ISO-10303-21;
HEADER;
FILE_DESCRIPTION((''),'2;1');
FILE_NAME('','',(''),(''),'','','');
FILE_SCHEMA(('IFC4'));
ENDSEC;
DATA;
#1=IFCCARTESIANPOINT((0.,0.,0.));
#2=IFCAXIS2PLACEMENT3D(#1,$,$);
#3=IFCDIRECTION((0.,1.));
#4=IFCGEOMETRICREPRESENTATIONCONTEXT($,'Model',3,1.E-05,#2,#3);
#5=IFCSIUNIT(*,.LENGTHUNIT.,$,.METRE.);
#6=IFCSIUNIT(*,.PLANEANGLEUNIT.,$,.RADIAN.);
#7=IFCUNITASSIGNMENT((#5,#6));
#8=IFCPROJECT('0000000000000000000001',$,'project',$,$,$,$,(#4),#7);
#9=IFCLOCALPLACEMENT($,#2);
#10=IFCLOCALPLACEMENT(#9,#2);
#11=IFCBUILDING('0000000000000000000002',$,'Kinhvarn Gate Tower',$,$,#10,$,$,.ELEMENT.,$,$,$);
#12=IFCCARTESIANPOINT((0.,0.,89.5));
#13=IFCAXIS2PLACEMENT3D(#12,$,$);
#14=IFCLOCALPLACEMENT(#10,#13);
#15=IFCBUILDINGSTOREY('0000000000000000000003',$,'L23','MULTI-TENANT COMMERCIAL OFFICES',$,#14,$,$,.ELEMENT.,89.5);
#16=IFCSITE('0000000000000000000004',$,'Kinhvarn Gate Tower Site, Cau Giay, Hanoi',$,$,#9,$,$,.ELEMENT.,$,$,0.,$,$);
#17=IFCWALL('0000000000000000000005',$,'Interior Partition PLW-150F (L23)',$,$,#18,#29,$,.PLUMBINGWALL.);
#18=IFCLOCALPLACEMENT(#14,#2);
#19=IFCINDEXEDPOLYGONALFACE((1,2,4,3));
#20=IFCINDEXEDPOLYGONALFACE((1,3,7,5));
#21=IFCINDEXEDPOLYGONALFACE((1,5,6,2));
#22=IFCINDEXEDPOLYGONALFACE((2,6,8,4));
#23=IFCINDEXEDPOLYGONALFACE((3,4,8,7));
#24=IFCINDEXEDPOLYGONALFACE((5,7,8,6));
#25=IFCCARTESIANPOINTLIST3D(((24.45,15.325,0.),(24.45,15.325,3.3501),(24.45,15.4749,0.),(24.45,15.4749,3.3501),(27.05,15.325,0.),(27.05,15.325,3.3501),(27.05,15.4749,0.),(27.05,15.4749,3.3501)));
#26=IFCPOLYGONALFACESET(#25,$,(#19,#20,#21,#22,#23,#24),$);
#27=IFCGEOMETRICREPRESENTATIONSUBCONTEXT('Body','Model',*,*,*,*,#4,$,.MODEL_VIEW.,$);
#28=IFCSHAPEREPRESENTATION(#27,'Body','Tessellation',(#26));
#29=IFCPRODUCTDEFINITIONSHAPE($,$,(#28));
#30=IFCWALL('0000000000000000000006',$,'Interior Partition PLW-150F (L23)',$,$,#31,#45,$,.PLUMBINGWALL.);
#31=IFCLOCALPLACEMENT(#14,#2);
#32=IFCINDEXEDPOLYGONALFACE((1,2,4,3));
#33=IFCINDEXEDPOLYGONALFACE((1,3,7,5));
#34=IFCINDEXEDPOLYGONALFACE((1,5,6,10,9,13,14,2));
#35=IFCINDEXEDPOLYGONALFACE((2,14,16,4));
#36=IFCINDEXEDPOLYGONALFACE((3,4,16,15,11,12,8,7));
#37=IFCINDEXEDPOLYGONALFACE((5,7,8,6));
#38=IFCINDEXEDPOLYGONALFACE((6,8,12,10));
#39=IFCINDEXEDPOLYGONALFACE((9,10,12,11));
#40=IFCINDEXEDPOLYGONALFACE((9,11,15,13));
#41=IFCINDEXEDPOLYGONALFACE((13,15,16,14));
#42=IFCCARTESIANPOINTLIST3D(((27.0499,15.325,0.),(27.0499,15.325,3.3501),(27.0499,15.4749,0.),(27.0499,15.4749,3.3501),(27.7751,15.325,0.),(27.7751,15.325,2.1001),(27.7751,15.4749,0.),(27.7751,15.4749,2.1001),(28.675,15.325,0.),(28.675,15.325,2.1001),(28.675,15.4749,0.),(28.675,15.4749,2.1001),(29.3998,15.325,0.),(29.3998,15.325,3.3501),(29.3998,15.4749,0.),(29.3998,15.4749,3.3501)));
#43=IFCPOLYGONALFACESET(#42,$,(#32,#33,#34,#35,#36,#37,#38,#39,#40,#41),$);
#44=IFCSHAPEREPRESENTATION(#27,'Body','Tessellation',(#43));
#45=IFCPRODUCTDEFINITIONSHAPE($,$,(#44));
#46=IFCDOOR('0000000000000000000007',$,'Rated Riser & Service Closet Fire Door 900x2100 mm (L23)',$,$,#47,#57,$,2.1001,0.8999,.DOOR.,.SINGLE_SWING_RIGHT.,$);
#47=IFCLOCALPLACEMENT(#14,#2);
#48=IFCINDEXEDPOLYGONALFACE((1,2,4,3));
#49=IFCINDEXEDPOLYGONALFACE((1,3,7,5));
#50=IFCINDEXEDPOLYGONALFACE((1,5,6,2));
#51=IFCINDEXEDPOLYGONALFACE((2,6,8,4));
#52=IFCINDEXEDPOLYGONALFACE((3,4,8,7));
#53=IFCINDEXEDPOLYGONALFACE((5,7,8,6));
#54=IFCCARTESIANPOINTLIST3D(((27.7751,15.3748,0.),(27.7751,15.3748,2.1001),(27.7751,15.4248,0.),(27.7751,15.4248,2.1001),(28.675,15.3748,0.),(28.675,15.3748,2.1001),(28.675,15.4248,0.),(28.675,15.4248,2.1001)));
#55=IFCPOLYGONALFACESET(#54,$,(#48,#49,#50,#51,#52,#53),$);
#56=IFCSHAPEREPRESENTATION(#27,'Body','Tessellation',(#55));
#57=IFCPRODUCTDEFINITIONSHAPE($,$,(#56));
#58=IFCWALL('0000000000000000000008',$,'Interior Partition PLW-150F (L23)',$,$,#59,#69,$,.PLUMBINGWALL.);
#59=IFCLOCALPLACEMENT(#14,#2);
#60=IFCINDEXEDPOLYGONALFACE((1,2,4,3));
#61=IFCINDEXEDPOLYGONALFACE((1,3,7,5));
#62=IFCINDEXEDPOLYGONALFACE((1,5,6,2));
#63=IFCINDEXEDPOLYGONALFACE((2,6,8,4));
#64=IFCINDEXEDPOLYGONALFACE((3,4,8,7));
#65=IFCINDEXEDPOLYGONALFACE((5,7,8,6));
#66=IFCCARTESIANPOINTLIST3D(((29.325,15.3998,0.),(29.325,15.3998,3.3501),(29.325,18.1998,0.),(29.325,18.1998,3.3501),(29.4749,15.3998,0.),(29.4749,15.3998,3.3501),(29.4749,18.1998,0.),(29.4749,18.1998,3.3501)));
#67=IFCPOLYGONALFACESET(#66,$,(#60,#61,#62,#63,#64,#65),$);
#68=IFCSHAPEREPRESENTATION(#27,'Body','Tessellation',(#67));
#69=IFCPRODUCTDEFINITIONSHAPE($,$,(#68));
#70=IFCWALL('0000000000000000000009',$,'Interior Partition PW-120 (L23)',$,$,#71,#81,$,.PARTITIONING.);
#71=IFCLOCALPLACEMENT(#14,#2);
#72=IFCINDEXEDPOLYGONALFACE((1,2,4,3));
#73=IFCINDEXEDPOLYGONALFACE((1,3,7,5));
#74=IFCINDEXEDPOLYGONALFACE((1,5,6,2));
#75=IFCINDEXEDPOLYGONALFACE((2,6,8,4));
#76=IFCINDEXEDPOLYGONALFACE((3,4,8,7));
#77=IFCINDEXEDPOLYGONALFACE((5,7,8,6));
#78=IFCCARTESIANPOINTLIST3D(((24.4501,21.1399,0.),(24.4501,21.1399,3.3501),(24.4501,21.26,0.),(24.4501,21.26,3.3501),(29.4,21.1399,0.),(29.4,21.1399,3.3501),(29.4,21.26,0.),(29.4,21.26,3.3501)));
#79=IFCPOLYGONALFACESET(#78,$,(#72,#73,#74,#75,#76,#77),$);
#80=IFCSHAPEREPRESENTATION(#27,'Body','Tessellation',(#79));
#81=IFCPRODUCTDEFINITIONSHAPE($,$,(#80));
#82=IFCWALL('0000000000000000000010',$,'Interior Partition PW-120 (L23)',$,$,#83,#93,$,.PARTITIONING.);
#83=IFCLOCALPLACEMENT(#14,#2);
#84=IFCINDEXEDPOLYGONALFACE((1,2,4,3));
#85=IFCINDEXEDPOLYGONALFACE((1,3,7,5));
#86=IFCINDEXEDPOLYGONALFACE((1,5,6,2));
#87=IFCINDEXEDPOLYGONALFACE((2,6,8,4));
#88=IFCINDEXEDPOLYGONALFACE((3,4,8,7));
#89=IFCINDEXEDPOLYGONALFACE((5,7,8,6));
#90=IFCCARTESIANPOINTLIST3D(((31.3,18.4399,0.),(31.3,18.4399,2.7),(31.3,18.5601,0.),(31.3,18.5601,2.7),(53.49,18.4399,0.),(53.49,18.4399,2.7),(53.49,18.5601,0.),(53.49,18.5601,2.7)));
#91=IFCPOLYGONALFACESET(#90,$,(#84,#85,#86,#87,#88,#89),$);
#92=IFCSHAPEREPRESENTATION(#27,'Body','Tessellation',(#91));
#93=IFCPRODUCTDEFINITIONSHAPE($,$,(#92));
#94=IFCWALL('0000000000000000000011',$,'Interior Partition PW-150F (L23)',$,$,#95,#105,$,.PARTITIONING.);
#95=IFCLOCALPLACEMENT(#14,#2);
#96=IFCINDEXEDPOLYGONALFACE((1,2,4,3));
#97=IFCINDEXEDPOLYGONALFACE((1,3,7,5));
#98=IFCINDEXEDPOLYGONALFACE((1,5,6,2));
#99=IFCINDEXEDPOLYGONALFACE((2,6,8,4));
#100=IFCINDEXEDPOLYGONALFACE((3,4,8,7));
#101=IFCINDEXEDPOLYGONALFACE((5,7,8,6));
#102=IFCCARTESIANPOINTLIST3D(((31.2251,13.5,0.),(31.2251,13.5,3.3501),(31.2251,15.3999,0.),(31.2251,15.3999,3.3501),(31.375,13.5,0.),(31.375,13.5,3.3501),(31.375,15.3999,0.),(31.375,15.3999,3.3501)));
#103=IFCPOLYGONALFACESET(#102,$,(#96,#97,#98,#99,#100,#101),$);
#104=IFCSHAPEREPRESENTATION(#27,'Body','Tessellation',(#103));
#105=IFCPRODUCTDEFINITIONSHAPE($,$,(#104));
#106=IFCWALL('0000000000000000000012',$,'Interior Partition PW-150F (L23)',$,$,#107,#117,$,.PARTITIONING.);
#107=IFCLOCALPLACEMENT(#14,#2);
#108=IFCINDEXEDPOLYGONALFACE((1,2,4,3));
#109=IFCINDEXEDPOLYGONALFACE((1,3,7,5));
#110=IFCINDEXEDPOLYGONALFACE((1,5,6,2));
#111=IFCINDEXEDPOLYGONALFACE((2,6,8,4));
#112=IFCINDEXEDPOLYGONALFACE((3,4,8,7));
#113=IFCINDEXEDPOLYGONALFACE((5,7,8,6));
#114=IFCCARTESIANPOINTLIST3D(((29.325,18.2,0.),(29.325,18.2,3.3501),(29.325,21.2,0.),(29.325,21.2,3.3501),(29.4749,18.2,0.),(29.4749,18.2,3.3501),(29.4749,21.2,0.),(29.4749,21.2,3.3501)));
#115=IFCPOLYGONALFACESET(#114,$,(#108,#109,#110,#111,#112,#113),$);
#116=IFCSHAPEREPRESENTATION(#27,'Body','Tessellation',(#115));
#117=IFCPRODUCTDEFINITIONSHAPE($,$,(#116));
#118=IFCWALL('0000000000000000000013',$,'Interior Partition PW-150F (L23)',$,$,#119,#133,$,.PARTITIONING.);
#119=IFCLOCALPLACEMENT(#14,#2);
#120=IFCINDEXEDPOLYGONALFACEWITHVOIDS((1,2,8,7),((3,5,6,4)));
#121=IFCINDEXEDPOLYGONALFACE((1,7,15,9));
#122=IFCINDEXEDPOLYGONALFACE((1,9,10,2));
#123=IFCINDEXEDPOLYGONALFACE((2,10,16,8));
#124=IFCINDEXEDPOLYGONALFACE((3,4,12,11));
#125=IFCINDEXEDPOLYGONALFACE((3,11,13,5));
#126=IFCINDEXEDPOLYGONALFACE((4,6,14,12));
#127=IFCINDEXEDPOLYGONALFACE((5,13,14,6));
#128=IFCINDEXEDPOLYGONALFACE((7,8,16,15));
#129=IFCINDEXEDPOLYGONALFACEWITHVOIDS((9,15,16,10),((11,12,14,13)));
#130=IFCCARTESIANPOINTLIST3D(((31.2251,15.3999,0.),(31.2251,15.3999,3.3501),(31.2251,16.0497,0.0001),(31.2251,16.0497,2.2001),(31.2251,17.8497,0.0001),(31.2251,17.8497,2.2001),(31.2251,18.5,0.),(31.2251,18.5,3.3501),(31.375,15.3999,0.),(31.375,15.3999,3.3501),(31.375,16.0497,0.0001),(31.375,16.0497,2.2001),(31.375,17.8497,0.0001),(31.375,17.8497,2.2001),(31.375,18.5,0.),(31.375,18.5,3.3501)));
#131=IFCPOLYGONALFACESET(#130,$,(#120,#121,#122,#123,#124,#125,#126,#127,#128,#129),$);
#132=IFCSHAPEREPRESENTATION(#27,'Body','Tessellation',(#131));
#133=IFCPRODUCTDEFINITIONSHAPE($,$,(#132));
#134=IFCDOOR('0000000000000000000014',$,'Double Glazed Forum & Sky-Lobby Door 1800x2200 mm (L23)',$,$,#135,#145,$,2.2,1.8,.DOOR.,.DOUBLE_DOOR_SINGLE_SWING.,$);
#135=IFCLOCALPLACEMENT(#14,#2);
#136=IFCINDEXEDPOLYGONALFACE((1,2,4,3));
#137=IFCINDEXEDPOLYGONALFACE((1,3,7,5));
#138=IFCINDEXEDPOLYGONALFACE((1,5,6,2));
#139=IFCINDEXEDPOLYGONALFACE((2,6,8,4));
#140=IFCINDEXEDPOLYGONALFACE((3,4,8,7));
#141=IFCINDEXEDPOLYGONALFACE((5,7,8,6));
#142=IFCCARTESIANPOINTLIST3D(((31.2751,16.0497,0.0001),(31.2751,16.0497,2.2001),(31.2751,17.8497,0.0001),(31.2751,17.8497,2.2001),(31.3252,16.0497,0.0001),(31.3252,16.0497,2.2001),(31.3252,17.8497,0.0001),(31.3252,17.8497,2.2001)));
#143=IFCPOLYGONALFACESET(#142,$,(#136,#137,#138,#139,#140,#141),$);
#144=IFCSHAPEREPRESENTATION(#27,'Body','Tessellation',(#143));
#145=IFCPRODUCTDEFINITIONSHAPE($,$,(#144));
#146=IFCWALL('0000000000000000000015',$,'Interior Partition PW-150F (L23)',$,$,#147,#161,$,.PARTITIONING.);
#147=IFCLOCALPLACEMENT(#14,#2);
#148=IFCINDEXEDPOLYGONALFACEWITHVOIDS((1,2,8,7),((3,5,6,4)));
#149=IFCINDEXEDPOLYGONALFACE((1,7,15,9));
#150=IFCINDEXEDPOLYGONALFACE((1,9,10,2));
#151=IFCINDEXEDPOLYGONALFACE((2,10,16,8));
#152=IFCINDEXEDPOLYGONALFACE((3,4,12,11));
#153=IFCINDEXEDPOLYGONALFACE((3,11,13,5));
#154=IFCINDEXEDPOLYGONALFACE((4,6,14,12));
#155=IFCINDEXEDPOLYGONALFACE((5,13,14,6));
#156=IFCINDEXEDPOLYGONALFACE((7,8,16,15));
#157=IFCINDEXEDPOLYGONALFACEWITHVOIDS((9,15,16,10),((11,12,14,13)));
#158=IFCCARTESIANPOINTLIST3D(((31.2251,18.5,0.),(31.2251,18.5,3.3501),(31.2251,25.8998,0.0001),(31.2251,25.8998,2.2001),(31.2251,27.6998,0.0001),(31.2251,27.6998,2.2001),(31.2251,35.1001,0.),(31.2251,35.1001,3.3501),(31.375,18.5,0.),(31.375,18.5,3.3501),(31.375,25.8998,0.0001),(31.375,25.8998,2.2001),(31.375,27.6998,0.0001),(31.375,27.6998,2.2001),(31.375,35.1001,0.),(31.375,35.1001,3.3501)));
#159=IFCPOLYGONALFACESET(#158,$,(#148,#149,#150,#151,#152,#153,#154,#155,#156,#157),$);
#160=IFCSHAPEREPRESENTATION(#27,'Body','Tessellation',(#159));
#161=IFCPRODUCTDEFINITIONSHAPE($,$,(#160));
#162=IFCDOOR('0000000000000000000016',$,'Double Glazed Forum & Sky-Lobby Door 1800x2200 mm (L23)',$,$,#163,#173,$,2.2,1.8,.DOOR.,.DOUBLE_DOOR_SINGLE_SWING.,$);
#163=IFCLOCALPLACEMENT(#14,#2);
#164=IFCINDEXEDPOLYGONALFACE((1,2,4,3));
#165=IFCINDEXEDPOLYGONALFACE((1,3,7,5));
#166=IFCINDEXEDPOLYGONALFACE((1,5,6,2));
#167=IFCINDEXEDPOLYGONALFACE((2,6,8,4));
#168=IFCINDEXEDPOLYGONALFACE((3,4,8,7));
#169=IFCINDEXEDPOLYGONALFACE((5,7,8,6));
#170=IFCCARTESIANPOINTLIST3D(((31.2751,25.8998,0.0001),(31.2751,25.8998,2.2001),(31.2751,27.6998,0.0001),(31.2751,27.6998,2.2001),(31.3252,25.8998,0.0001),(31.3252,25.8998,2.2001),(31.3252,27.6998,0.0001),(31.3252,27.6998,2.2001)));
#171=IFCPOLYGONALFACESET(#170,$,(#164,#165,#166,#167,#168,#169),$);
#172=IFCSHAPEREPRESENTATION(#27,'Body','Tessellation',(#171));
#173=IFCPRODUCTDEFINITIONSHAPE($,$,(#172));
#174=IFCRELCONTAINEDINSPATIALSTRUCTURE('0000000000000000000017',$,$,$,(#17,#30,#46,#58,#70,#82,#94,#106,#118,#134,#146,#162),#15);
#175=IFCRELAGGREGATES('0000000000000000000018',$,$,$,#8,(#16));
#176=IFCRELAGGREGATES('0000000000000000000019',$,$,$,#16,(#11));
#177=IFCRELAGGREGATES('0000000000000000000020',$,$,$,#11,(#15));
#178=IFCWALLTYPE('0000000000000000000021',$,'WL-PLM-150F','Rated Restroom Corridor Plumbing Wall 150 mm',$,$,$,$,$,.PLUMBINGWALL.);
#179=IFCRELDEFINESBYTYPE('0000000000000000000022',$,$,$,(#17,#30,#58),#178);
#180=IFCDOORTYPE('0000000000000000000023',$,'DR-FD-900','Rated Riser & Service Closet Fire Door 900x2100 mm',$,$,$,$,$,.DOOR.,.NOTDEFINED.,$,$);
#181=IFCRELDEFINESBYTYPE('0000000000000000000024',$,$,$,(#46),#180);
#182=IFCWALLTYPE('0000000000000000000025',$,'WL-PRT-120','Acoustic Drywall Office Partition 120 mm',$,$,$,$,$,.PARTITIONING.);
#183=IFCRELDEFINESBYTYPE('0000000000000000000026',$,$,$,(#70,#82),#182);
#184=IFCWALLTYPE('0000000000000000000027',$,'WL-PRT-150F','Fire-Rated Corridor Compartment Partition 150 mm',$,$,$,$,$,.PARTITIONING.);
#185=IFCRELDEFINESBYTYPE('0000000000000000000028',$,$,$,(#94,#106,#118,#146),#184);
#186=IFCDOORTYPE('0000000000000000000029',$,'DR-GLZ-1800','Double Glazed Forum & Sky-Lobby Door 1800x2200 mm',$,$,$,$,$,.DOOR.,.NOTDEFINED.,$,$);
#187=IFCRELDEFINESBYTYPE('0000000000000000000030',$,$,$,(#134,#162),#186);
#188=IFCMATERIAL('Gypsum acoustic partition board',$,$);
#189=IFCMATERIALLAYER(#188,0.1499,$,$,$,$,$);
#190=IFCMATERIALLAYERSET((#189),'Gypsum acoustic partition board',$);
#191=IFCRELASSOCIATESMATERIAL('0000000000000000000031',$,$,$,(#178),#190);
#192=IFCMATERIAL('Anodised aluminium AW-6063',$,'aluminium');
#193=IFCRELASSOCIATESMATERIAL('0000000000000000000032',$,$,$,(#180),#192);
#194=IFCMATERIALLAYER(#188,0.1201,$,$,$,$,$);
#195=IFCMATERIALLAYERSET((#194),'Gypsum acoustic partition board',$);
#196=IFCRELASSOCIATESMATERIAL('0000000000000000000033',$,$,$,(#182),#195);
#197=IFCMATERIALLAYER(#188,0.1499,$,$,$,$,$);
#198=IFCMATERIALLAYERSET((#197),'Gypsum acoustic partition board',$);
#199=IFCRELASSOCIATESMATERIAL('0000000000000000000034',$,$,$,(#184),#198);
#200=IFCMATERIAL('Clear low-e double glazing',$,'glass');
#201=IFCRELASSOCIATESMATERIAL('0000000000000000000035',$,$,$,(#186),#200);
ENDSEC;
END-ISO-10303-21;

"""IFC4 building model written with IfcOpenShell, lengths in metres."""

from ifc_helpers import new_model, si_unit, direction, frame, frame_2d, origin, place, context, subcontext, project, spatial, rectangle, extrude, material, layer, layer_set, type_object, element, fill, save


model = new_model("IFC4")

# Units and contexts
model_context = context("Model", 3, precision=1e-05, world=origin(), true_north=direction((0.0, 1.0)))
body_context = subcontext(model_context, "Body", "Model", "MODEL_VIEW")
ifc_project = project(units=[si_unit("LENGTHUNIT", "METRE"), si_unit("PLANEANGLEUNIT", "RADIAN")], contexts=[model_context])

# Site, building, storey
site_placement = place(None, origin())
site = spatial("IfcSite", under=ifc_project, at=site_placement, Name="Kinhvarn Gate Tower Site, Cau Giay, Hanoi", CompositionType="ELEMENT", RefElevation=0.0)
building_placement = place(site_placement, origin())
building = spatial("IfcBuilding", under=site, at=building_placement, Name="Kinhvarn Gate Tower", CompositionType="ELEMENT")
storey_placement = place(building_placement, frame((0.0, 0.0, 89.5)))
storey = spatial("IfcBuildingStorey", under=building, at=storey_placement, Name="L23", Description="MULTI-TENANT COMMERCIAL OFFICES", CompositionType="ELEMENT", Elevation=89.5)

# Wall
ifc_material_1 = material(Name="Gypsum acoustic partition board")
ifc_layer_1 = layer(ifc_material_1, 0.1499)
ifc_layer_set_1 = layer_set([ifc_layer_1], Name="Gypsum acoustic partition board")
wall_type_1 = type_object("IfcWallType", Name="WL-PLM-150F", Description="Rated Restroom Corridor Plumbing Wall 150 mm", PredefinedType="PLUMBINGWALL", material=ifc_layer_set_1)
wall_1_placement = place(storey_placement, frame((24.45, 15.3999, 0.0), z_axis=(0.0, 0.0, 1.0), x_axis=(1.0, 0.0, 0.0)))
element("IfcWall", 1, at=wall_1_placement, inside=storey, type_object=wall_type_1, Name="Interior Partition PLW-150F (L23)", PredefinedType="PLUMBINGWALL", context=body_context, shape_type="SweptSolid", body=[
    extrude(rectangle(XDim=2.6001, YDim=0.1499, at=frame_2d((1.3, 0.0))), origin(), (0.0, 0.0, 1.0), 3.3501),
])

# Wall, opening, door
wall_2_placement = place(storey_placement, frame((27.05, 15.3999, 0.0), z_axis=(0.0, 0.0, 1.0), x_axis=(1.0, 0.0, 0.0)))
wall_2 = element("IfcWall", 2, at=wall_2_placement, inside=storey, type_object=wall_type_1, Name="Interior Partition PLW-150F (L23)", PredefinedType="PLUMBINGWALL", context=body_context, shape_type="SweptSolid", body=[
    extrude(rectangle(XDim=2.3499, YDim=0.1499, at=frame_2d((1.1748, 0.0))), origin(), (0.0, 0.0, 1.0), 3.3501),
])
opening_1_placement = place(wall_2_placement, frame((0.7251, 0.0, 0.0)))
opening_1 = element("IfcOpeningElement", 3, at=opening_1_placement, cuts=wall_2, PredefinedType="OPENING", context=body_context, shape_type="SweptSolid", body=[
    extrude(rectangle(XDim=0.8999, YDim=2.1001, at=frame_2d((0.45, 1.05))), frame((0.0, 0.085, 0.0), z_axis=(0.0, -1.0, 0.0), x_axis=(1.0, 0.0, 0.0)), (0.0, 0.0, 1.0), 0.1699),
])
ifc_material_2 = material(Name="Anodised aluminium AW-6063", Category="aluminium")
door_type_1 = type_object("IfcDoorType", Name="DR-FD-900", Description="Rated Riser & Service Closet Fire Door 900x2100 mm", OperationType="NOTDEFINED", PredefinedType="DOOR", material=ifc_material_2)
door_1_placement = place(opening_1_placement, origin())
door_1 = element("IfcDoor", 4, at=door_1_placement, inside=storey, type_object=door_type_1, Name="Rated Riser & Service Closet Fire Door 900x2100 mm (L23)", OperationType="SINGLE_SWING_RIGHT", OverallHeight=2.1001, OverallWidth=0.8999, PredefinedType="DOOR", context=body_context, shape_type="SweptSolid", body=[
    extrude(rectangle(XDim=0.8999, YDim=2.1001, at=frame_2d((0.45, 1.05))), frame((0.0, 0.0249, 0.0), z_axis=(0.0, -1.0, 0.0), x_axis=(1.0, 0.0, 0.0)), (0.0, 0.0, 1.0), 0.05),
])
fill(opening_1, door_1)

# Walls
wall_3_placement = place(storey_placement, frame((29.3999, 15.3999, 0.0), z_axis=(0.0, 0.0, 1.0), x_axis=(0.0, 1.0, 0.0)))
element("IfcWall", 5, at=wall_3_placement, inside=storey, type_object=wall_type_1, Name="Interior Partition PLW-150F (L23)", PredefinedType="PLUMBINGWALL", context=body_context, shape_type="SweptSolid", body=[
    extrude(rectangle(XDim=2.8, YDim=0.1499, at=frame_2d((1.3999, 0.0))), origin(), (0.0, 0.0, 1.0), 3.3501),
])
ifc_layer_2 = layer(ifc_material_1, 0.1201)
ifc_layer_set_2 = layer_set([ifc_layer_2], Name="Gypsum acoustic partition board")
wall_type_2 = type_object("IfcWallType", Name="WL-PRT-120", Description="Acoustic Drywall Office Partition 120 mm", PredefinedType="PARTITIONING", material=ifc_layer_set_2)
wall_4_placement = place(storey_placement, frame((24.45, 21.2, 0.0), z_axis=(0.0, 0.0, 1.0), x_axis=(1.0, 0.0, 0.0)))
element("IfcWall", 6, at=wall_4_placement, inside=storey, type_object=wall_type_2, Name="Interior Partition PW-120 (L23)", PredefinedType="PARTITIONING", context=body_context, shape_type="SweptSolid", body=[
    extrude(rectangle(XDim=4.95, YDim=0.1201, at=frame_2d((2.4751, 0.0))), origin(), (0.0, 0.0, 1.0), 3.3501),
])
wall_5_placement = place(storey_placement, frame((31.3, 18.5, 0.0), z_axis=(0.0, 0.0, 1.0), x_axis=(1.0, 0.0, 0.0)))
element("IfcWall", 7, at=wall_5_placement, inside=storey, type_object=wall_type_2, Name="Interior Partition PW-120 (L23)", PredefinedType="PARTITIONING", context=body_context, shape_type="SweptSolid", body=[
    extrude(rectangle(XDim=22.1899, YDim=0.1201, at=frame_2d((11.095, 0.0))), origin(), (0.0, 0.0, 1.0), 2.7),
])

# Shared definitions
ifc_layer_3 = layer(ifc_material_1, 0.1499)
ifc_layer_set_3 = layer_set([ifc_layer_3], Name="Gypsum acoustic partition board")
wall_type_3 = type_object("IfcWallType", Name="WL-PRT-150F", Description="Fire-Rated Corridor Compartment Partition 150 mm", PredefinedType="PARTITIONING", material=ifc_layer_set_3)

# Walls
wall_6_placement = place(storey_placement, frame((31.3, 13.5, 0.0), z_axis=(0.0, 0.0, 1.0), x_axis=(0.0, 1.0, 0.0)))
element("IfcWall", 8, at=wall_6_placement, inside=storey, type_object=wall_type_3, Name="Interior Partition PW-150F (L23)", PredefinedType="PARTITIONING", context=body_context, shape_type="SweptSolid", body=[
    extrude(rectangle(XDim=1.8999, YDim=0.1499, at=frame_2d((0.95, 0.0))), origin(), (0.0, 0.0, 1.0), 3.3501),
])
wall_7_placement = place(storey_placement, frame((29.3999, 18.2, 0.0), z_axis=(0.0, 0.0, 1.0), x_axis=(0.0, 1.0, 0.0)))
element("IfcWall", 9, at=wall_7_placement, inside=storey, type_object=wall_type_3, Name="Interior Partition PW-150F (L23)", PredefinedType="PARTITIONING", context=body_context, shape_type="SweptSolid", body=[
    extrude(rectangle(XDim=3.0, YDim=0.1499, at=frame_2d((1.5, 0.0))), origin(), (0.0, 0.0, 1.0), 3.3501),
])

# Walls, openings, doors
wall_8_placement = place(storey_placement, frame((31.3, 15.3999, 0.0), z_axis=(0.0, 0.0, 1.0), x_axis=(0.0, 1.0, 0.0)))
wall_8 = element("IfcWall", 10, at=wall_8_placement, inside=storey, type_object=wall_type_3, Name="Interior Partition PW-150F (L23)", PredefinedType="PARTITIONING", context=body_context, shape_type="SweptSolid", body=[
    extrude(rectangle(XDim=3.1001, YDim=0.1499, at=frame_2d((1.55, 0.0))), origin(), (0.0, 0.0, 1.0), 3.3501),
])
opening_2_placement = place(wall_8_placement, frame((0.6499, 0.0, 0.0)))
opening_2 = element("IfcOpeningElement", 11, at=opening_2_placement, cuts=wall_8, PredefinedType="OPENING", context=body_context, shape_type="SweptSolid", body=[
    extrude(rectangle(XDim=1.8, YDim=2.2, at=frame_2d((0.8999, 1.1001))), frame((0.0, 0.085, 0.0), z_axis=(0.0, -1.0, 0.0), x_axis=(1.0, 0.0, 0.0)), (0.0, 0.0, 1.0), 0.1699),
])
ifc_material_3 = material(Name="Clear low-e double glazing", Category="glass")
door_type_2 = type_object("IfcDoorType", Name="DR-GLZ-1800", Description="Double Glazed Forum & Sky-Lobby Door 1800x2200 mm", OperationType="NOTDEFINED", PredefinedType="DOOR", material=ifc_material_3)
door_2_placement = place(opening_2_placement, origin())
door_2 = element("IfcDoor", 12, at=door_2_placement, inside=storey, type_object=door_type_2, Name="Double Glazed Forum & Sky-Lobby Door 1800x2200 mm (L23)", OperationType="DOUBLE_DOOR_SINGLE_SWING", OverallHeight=2.2, OverallWidth=1.8, PredefinedType="DOOR", context=body_context, shape_type="SweptSolid", body=[
    extrude(rectangle(XDim=1.8, YDim=2.2, at=frame_2d((0.8999, 1.1001))), frame((0.0, 0.0249, 0.0), z_axis=(0.0, -1.0, 0.0), x_axis=(1.0, 0.0, 0.0)), (0.0, 0.0, 1.0), 0.05),
])
fill(opening_2, door_2)
wall_9_placement = place(storey_placement, frame((31.3, 18.5, 0.0), z_axis=(0.0, 0.0, 1.0), x_axis=(0.0, 1.0, 0.0)))
wall_9 = element("IfcWall", 13, at=wall_9_placement, inside=storey, type_object=wall_type_3, Name="Interior Partition PW-150F (L23)", PredefinedType="PARTITIONING", context=body_context, shape_type="SweptSolid", body=[
    extrude(rectangle(XDim=16.6001, YDim=0.1499, at=frame_2d((8.3, 0.0))), origin(), (0.0, 0.0, 1.0), 3.3501),
])
opening_3_placement = place(wall_9_placement, frame((7.3999, 0.0, 0.0)))
opening_3 = element("IfcOpeningElement", 14, at=opening_3_placement, cuts=wall_9, PredefinedType="OPENING", context=body_context, shape_type="SweptSolid", body=[
    extrude(rectangle(XDim=1.8, YDim=2.2, at=frame_2d((0.8999, 1.1001))), frame((0.0, 0.085, 0.0), z_axis=(0.0, -1.0, 0.0), x_axis=(1.0, 0.0, 0.0)), (0.0, 0.0, 1.0), 0.1699),
])
door_3_placement = place(opening_3_placement, origin())
door_3 = element("IfcDoor", 15, at=door_3_placement, inside=storey, type_object=door_type_2, Name="Double Glazed Forum & Sky-Lobby Door 1800x2200 mm (L23)", OperationType="DOUBLE_DOOR_SINGLE_SWING", OverallHeight=2.2, OverallWidth=1.8, PredefinedType="DOOR", context=body_context, shape_type="SweptSolid", body=[
    extrude(rectangle(XDim=1.8, YDim=2.2, at=frame_2d((0.8999, 1.1001))), frame((0.0, 0.0249, 0.0), z_axis=(0.0, -1.0, 0.0), x_axis=(1.0, 0.0, 0.0)), (0.0, 0.0, 1.0), 0.05),
])
fill(opening_3, door_3)

save(model, "model.ifc")
